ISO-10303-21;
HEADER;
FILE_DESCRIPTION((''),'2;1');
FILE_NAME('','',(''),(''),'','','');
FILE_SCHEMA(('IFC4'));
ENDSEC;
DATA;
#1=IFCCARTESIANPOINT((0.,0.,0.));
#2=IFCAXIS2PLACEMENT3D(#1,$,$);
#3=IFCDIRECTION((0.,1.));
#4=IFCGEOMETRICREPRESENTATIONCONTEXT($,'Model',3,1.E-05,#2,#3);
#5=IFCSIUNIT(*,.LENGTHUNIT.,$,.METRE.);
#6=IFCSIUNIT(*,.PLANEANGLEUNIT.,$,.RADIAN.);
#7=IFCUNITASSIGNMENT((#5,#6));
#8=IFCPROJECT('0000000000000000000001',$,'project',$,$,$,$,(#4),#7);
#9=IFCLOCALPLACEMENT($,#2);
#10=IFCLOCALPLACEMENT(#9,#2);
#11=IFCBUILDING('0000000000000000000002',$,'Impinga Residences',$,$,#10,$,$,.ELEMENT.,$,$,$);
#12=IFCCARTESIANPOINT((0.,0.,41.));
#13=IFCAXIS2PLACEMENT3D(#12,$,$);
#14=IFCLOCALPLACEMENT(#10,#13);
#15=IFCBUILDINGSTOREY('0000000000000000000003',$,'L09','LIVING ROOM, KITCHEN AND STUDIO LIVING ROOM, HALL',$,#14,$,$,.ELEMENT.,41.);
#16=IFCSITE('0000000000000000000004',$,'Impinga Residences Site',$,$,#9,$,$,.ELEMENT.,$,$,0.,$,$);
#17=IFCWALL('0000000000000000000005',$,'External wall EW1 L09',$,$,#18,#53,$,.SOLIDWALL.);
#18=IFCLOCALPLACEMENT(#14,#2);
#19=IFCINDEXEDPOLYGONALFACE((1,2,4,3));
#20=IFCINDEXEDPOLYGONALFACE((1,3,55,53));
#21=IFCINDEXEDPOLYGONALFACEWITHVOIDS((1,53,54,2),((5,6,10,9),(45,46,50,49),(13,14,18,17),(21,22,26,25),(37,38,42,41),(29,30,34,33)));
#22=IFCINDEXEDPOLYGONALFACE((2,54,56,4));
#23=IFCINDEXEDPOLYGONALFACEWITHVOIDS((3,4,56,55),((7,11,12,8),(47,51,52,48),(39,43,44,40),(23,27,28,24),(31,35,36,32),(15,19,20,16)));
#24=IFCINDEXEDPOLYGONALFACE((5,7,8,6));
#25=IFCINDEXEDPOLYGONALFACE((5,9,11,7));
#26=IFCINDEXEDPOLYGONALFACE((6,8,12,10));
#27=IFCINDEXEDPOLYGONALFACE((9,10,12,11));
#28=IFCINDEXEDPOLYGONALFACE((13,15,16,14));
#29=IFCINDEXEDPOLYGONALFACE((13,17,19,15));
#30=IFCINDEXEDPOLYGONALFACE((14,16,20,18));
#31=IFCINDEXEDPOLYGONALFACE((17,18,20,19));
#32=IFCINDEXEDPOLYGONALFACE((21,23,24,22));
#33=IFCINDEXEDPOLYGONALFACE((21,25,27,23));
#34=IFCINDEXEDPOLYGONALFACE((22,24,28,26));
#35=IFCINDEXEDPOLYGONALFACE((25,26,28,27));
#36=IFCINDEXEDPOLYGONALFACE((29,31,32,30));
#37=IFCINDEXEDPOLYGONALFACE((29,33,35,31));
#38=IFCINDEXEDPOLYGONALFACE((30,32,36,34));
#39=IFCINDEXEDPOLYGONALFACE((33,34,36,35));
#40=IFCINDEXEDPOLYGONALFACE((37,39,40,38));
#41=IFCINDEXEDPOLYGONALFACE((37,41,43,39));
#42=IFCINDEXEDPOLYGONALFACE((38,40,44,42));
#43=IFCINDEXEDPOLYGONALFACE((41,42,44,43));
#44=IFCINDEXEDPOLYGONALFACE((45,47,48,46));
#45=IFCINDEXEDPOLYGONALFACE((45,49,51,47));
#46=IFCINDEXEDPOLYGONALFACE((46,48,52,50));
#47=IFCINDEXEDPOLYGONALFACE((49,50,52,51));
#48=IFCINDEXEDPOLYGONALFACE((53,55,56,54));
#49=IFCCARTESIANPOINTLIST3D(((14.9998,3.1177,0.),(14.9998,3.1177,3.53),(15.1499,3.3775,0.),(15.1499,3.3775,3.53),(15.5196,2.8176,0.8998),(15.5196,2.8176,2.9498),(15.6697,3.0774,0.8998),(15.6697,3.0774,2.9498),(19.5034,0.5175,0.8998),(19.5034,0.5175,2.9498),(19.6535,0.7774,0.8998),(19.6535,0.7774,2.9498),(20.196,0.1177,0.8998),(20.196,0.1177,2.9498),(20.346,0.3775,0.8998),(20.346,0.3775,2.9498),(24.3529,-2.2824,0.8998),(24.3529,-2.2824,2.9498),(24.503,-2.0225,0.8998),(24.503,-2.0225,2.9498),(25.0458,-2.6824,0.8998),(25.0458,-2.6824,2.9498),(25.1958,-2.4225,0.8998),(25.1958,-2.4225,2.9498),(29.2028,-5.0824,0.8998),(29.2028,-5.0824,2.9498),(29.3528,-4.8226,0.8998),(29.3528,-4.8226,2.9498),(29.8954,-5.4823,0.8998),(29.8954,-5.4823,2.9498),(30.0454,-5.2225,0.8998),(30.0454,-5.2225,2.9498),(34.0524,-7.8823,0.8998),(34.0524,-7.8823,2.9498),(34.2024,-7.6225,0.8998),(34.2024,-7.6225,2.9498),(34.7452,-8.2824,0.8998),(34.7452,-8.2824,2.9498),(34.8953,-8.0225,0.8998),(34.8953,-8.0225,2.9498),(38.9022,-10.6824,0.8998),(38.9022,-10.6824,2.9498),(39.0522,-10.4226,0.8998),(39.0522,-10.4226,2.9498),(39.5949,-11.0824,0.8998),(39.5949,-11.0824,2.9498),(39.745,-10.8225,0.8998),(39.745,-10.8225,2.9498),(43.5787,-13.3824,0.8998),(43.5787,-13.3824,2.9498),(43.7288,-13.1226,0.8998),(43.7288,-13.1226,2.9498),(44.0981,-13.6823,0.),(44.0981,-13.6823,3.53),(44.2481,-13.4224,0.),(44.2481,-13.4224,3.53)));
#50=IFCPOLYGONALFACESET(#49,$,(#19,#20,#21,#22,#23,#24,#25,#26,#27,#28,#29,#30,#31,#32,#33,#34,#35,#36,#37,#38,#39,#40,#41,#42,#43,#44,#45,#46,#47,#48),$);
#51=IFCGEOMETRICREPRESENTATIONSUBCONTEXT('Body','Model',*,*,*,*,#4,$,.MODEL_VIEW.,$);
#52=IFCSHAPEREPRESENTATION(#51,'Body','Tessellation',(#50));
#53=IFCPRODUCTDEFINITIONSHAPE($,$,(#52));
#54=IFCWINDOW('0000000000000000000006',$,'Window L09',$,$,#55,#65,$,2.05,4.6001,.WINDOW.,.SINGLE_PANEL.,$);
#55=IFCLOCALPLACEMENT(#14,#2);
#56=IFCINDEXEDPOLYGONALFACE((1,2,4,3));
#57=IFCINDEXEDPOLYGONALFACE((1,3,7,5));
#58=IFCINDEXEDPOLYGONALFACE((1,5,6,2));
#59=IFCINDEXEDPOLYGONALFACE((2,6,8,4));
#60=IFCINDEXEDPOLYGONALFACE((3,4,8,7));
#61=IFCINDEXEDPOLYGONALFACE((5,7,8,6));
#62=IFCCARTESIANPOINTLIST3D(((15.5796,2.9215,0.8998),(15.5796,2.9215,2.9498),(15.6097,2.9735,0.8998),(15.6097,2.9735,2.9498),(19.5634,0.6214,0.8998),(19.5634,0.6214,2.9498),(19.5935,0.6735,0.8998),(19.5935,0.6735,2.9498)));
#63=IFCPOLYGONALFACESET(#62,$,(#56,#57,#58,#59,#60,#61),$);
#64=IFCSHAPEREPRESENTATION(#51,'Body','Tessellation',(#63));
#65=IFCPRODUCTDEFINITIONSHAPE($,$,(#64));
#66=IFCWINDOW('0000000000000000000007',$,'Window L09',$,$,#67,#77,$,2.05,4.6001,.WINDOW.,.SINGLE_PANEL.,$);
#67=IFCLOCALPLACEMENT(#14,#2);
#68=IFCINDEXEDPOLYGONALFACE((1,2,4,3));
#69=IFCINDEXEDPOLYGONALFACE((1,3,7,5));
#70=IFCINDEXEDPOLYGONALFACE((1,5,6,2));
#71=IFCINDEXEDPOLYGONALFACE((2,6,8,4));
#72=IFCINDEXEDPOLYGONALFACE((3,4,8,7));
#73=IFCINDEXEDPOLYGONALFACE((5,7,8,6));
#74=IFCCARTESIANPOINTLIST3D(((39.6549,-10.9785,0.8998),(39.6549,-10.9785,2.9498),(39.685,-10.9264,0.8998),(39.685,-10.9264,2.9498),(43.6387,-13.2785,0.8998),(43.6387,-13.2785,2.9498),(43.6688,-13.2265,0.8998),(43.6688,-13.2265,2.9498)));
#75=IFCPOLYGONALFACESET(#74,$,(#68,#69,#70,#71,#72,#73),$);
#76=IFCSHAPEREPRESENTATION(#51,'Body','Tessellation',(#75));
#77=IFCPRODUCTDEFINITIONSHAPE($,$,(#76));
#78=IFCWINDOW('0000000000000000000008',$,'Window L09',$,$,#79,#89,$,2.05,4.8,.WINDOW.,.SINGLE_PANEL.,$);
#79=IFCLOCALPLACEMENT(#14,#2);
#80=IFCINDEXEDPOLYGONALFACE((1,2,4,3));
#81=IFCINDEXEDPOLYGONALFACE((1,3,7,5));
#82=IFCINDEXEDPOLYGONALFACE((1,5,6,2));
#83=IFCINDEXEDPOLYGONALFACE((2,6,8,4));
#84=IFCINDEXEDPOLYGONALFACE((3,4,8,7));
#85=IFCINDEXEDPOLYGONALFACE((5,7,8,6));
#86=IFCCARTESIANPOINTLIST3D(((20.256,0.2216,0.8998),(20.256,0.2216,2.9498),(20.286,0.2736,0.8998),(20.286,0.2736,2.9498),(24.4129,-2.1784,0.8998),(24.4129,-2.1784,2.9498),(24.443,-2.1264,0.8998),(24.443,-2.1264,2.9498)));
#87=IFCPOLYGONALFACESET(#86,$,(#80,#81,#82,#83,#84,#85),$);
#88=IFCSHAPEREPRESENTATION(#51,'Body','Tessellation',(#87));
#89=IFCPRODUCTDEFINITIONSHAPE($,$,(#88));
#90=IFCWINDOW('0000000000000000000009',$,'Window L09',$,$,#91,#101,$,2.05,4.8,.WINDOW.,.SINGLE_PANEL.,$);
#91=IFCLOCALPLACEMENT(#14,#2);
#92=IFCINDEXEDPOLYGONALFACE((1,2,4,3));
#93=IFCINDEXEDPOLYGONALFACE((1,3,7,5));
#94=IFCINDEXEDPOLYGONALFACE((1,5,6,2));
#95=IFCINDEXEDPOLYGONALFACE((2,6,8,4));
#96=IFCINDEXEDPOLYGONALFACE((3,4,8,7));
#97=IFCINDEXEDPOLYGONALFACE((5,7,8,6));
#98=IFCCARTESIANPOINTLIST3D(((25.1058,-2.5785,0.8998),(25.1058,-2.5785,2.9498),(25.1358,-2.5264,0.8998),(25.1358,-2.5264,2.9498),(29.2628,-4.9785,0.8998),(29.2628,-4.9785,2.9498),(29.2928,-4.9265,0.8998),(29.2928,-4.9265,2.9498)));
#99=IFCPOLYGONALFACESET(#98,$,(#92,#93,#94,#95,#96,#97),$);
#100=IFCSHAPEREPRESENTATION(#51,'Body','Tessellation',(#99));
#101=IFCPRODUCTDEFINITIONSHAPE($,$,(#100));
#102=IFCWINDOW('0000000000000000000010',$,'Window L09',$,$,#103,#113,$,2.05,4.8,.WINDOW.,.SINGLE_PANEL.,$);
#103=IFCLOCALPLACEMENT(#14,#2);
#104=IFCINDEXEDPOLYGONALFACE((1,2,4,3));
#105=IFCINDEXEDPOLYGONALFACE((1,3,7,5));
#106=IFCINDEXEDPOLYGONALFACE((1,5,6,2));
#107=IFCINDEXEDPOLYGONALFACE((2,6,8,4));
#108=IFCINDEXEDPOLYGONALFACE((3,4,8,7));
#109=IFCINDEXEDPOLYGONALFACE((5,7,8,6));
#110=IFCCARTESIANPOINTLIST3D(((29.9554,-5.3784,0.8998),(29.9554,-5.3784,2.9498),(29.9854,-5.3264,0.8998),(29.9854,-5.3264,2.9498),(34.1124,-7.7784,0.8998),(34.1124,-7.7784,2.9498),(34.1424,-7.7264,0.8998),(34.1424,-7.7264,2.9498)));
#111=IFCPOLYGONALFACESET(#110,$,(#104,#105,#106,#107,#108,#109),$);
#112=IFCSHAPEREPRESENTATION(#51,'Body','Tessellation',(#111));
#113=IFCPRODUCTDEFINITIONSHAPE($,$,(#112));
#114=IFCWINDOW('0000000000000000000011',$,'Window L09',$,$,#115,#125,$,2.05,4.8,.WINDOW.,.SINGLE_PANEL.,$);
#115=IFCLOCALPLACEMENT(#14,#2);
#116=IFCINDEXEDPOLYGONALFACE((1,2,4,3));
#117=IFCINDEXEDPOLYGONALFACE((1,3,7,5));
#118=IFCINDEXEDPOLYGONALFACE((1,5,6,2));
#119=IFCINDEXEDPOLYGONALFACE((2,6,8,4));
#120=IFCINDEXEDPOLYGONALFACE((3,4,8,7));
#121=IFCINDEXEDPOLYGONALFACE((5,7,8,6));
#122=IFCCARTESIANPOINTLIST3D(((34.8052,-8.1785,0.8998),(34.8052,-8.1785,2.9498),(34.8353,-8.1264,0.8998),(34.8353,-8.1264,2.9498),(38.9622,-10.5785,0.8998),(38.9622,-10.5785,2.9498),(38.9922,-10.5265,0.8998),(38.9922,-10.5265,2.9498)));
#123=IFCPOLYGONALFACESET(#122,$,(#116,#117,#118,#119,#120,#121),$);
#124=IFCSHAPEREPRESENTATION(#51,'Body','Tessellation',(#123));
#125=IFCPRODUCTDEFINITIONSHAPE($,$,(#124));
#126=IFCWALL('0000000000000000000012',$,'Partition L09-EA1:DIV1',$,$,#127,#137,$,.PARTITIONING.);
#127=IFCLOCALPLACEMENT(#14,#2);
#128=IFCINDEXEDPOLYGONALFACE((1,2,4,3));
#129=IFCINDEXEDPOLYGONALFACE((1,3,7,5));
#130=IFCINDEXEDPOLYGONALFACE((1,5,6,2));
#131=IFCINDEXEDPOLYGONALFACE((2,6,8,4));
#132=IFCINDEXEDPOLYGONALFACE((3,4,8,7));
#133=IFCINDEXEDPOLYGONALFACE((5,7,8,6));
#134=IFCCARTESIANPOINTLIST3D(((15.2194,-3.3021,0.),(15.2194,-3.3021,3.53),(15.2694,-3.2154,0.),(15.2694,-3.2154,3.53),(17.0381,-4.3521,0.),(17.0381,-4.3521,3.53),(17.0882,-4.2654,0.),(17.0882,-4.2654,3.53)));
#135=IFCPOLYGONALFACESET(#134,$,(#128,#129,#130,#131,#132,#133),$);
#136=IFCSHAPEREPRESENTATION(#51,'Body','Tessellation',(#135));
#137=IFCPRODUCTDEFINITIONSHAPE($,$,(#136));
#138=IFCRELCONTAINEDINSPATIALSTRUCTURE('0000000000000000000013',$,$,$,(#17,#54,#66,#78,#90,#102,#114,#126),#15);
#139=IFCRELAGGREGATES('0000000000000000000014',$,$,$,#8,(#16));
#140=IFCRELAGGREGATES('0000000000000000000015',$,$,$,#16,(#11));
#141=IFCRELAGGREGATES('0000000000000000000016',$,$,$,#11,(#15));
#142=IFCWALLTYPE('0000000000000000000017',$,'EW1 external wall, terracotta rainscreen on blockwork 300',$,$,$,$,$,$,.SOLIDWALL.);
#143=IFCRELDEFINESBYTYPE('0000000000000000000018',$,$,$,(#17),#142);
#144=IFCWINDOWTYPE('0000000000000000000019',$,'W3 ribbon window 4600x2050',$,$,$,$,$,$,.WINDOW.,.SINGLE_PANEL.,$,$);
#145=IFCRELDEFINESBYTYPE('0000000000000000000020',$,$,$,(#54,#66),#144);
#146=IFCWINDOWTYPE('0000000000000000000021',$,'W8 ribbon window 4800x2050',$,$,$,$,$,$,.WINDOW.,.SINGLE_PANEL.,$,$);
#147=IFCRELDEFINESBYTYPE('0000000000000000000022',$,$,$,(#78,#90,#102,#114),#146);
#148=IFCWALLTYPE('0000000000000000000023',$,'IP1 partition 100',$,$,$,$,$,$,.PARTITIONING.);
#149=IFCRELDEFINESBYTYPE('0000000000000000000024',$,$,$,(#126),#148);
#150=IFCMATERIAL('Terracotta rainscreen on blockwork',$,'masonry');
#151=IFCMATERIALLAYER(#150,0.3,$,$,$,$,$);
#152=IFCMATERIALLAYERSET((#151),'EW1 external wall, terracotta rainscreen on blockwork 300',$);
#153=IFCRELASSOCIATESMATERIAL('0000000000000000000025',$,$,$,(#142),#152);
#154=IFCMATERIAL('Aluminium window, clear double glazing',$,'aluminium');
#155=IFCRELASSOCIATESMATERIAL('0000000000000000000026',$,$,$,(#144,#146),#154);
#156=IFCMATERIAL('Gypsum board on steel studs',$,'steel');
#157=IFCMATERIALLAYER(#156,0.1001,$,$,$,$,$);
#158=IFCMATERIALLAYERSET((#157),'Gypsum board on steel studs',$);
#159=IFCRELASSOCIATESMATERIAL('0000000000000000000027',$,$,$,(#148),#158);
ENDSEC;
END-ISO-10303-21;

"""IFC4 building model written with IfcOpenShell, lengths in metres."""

from ifc_helpers import new_model, si_unit, direction, frame, frame_2d, origin, place, context, subcontext, project, spatial, rectangle, extrude, material, layer, layer_set, type_object, element, fill, save


model = new_model("IFC4")

# Units and contexts
model_context = context("Model", 3, precision=1e-05, world=origin(), true_north=direction((0.0, 1.0)))
body_context = subcontext(model_context, "Body", "Model", "MODEL_VIEW")
ifc_project = project(units=[si_unit("LENGTHUNIT", "METRE"), si_unit("PLANEANGLEUNIT", "RADIAN")], contexts=[model_context])

# Site, building, storey
site_placement = place(None, origin())
site = spatial("IfcSite", under=ifc_project, at=site_placement, Name="Impinga Residences Site", CompositionType="ELEMENT", RefElevation=0.0)
building_placement = place(site_placement, origin())
building = spatial("IfcBuilding", under=site, at=building_placement, Name="Impinga Residences", CompositionType="ELEMENT")
storey_placement = place(building_placement, frame((0.0, 0.0, 41.0)))
storey = spatial("IfcBuildingStorey", under=building, at=storey_placement, Name="L09", Description="LIVING ROOM, KITCHEN AND STUDIO LIVING ROOM, HALL", CompositionType="ELEMENT", Elevation=41.0)

# Wall, openings, windows
ifc_material_1 = material(Name="Terracotta rainscreen on blockwork", Category="masonry")
ifc_layer_1 = layer(ifc_material_1, 0.3)
ifc_layer_set_1 = layer_set([ifc_layer_1], Name="EW1 external wall, terracotta rainscreen on blockwork 300")
wall_type_1 = type_object("IfcWallType", Name="EW1 external wall, terracotta rainscreen on blockwork 300", PredefinedType="SOLIDWALL", material=ifc_layer_set_1)
wall_1_placement = place(storey_placement, frame((15.075, 3.2476, 0.0), z_axis=(0.0, 0.0, 1.0), x_axis=(0.866024, -0.500002, 0.0)))
wall_1 = element("IfcWall", 1, at=wall_1_placement, inside=storey, type_object=wall_type_1, Name="External wall EW1 L09", PredefinedType="SOLIDWALL", context=body_context, shape_type="SweptSolid", body=[
    extrude(rectangle(XDim=33.5999, YDim=0.3, at=frame_2d((16.7998, 0.0))), origin(), (0.0, 0.0, 1.0), 3.53),
])
opening_1_placement = place(wall_1_placement, frame((0.6001, 0.0, 0.8999)))
opening_1 = element("IfcOpeningElement", 2, at=opening_1_placement, cuts=wall_1, PredefinedType="OPENING", context=body_context, shape_type="SweptSolid", body=[
    extrude(rectangle(XDim=4.6001, YDim=2.05, at=frame_2d((2.3, 1.0249))), frame((0.0, 0.1599, 0.0), z_axis=(0.0, -1.0, 0.0), x_axis=(1.0, 0.0, 0.0)), (0.0, 0.0, 1.0), 0.3201),
])
opening_2_placement = place(wall_1_placement, frame((6.0, 0.0, 0.8999)))
opening_2 = element("IfcOpeningElement", 3, at=opening_2_placement, cuts=wall_1, PredefinedType="OPENING", context=body_context, shape_type="SweptSolid", body=[
    extrude(rectangle(XDim=4.8, YDim=2.05, at=frame_2d((2.3999, 1.0249))), frame((0.0, 0.1599, 0.0), z_axis=(0.0, -1.0, 0.0), x_axis=(1.0, 0.0, 0.0)), (0.0, 0.0, 1.0), 0.3201),
])
opening_3_placement = place(wall_1_placement, frame((11.6001, 0.0, 0.8999)))
opening_3 = element("IfcOpeningElement", 4, at=opening_3_placement, cuts=wall_1, PredefinedType="OPENING", context=body_context, shape_type="SweptSolid", body=[
    extrude(rectangle(XDim=4.8, YDim=2.05, at=frame_2d((2.3999, 1.0249))), frame((0.0, 0.1599, 0.0), z_axis=(0.0, -1.0, 0.0), x_axis=(1.0, 0.0, 0.0)), (0.0, 0.0, 1.0), 0.3201),
])
opening_4_placement = place(wall_1_placement, frame((17.2, 0.0, 0.8999)))
opening_4 = element("IfcOpeningElement", 5, at=opening_4_placement, cuts=wall_1, PredefinedType="OPENING", context=body_context, shape_type="SweptSolid", body=[
    extrude(rectangle(XDim=4.8, YDim=2.05, at=frame_2d((2.3999, 1.0249))), frame((0.0, 0.1599, 0.0), z_axis=(0.0, -1.0, 0.0), x_axis=(1.0, 0.0, 0.0)), (0.0, 0.0, 1.0), 0.3201),
])
opening_5_placement = place(wall_1_placement, frame((22.8, 0.0, 0.8999)))
opening_5 = element("IfcOpeningElement", 6, at=opening_5_placement, cuts=wall_1, PredefinedType="OPENING", context=body_context, shape_type="SweptSolid", body=[
    extrude(rectangle(XDim=4.8, YDim=2.05, at=frame_2d((2.3999, 1.0249))), frame((0.0, 0.1599, 0.0), z_axis=(0.0, -1.0, 0.0), x_axis=(1.0, 0.0, 0.0)), (0.0, 0.0, 1.0), 0.3201),
])
opening_6_placement = place(wall_1_placement, frame((28.3999, 0.0, 0.8999)))
opening_6 = element("IfcOpeningElement", 7, at=opening_6_placement, cuts=wall_1, PredefinedType="OPENING", context=body_context, shape_type="SweptSolid", body=[
    extrude(rectangle(XDim=4.6001, YDim=2.05, at=frame_2d((2.3, 1.0249))), frame((0.0, 0.1599, 0.0), z_axis=(0.0, -1.0, 0.0), x_axis=(1.0, 0.0, 0.0)), (0.0, 0.0, 1.0), 0.3201),
])
ifc_material_2 = material(Name="Aluminium window, clear double glazing", Category="aluminium")
window_type_1 = type_object("IfcWindowType", Name="W3 ribbon window 4600x2050", PartitioningType="SINGLE_PANEL", PredefinedType="WINDOW", material=ifc_material_2)
window_1_placement = place(opening_1_placement, origin())
window_1 = element("IfcWindow", 8, at=window_1_placement, inside=storey, type_object=window_type_1, Name="Window L09", OverallHeight=2.05, OverallWidth=4.6001, PartitioningType="SINGLE_PANEL", PredefinedType="WINDOW", context=body_context, shape_type="SweptSolid", body=[
    extrude(rectangle(XDim=4.6001, YDim=2.05, at=frame_2d((2.3, 1.0249))), frame((0.0, 0.03, 0.0), z_axis=(0.0, -1.0, 0.0), x_axis=(1.0, 0.0, 0.0)), (0.0, 0.0, 1.0), 0.0601),
])
fill(opening_1, window_1)
window_2_placement = place(opening_6_placement, origin())
window_2 = element("IfcWindow", 9, at=window_2_placement, inside=storey, type_object=window_type_1, Name="Window L09", OverallHeight=2.05, OverallWidth=4.6001, PartitioningType="SINGLE_PANEL", PredefinedType="WINDOW", context=body_context, shape_type="SweptSolid", body=[
    extrude(rectangle(XDim=4.6001, YDim=2.05, at=frame_2d((2.3, 1.0249))), frame((0.0, 0.03, 0.0), z_axis=(0.0, -1.0, 0.0), x_axis=(1.0, 0.0, 0.0)), (0.0, 0.0, 1.0), 0.0601),
])
fill(opening_6, window_2)
window_type_2 = type_object("IfcWindowType", Name="W8 ribbon window 4800x2050", PartitioningType="SINGLE_PANEL", PredefinedType="WINDOW", material=ifc_material_2)
window_3_placement = place(opening_2_placement, origin())
window_3 = element("IfcWindow", 10, at=window_3_placement, inside=storey, type_object=window_type_2, Name="Window L09", OverallHeight=2.05, OverallWidth=4.8, PartitioningType="SINGLE_PANEL", PredefinedType="WINDOW", context=body_context, shape_type="SweptSolid", body=[
    extrude(rectangle(XDim=4.8, YDim=2.05, at=frame_2d((2.3999, 1.0249))), frame((0.0, 0.03, 0.0), z_axis=(0.0, -1.0, 0.0), x_axis=(1.0, 0.0, 0.0)), (0.0, 0.0, 1.0), 0.0601),
])
fill(opening_2, window_3)
window_4_placement = place(opening_3_placement, origin())
window_4 = element("IfcWindow", 11, at=window_4_placement, inside=storey, type_object=window_type_2, Name="Window L09", OverallHeight=2.05, OverallWidth=4.8, PartitioningType="SINGLE_PANEL", PredefinedType="WINDOW", context=body_context, shape_type="SweptSolid", body=[
    extrude(rectangle(XDim=4.8, YDim=2.05, at=frame_2d((2.3999, 1.0249))), frame((0.0, 0.03, 0.0), z_axis=(0.0, -1.0, 0.0), x_axis=(1.0, 0.0, 0.0)), (0.0, 0.0, 1.0), 0.0601),
])
fill(opening_3, window_4)
window_5_placement = place(opening_4_placement, origin())
window_5 = element("IfcWindow", 12, at=window_5_placement, inside=storey, type_object=window_type_2, Name="Window L09", OverallHeight=2.05, OverallWidth=4.8, PartitioningType="SINGLE_PANEL", PredefinedType="WINDOW", context=body_context, shape_type="SweptSolid", body=[
    extrude(rectangle(XDim=4.8, YDim=2.05, at=frame_2d((2.3999, 1.0249))), frame((0.0, 0.03, 0.0), z_axis=(0.0, -1.0, 0.0), x_axis=(1.0, 0.0, 0.0)), (0.0, 0.0, 1.0), 0.0601),
])
fill(opening_4, window_5)
window_6_placement = place(opening_5_placement, origin())
window_6 = element("IfcWindow", 13, at=window_6_placement, inside=storey, type_object=window_type_2, Name="Window L09", OverallHeight=2.05, OverallWidth=4.8, PartitioningType="SINGLE_PANEL", PredefinedType="WINDOW", context=body_context, shape_type="SweptSolid", body=[
    extrude(rectangle(XDim=4.8, YDim=2.05, at=frame_2d((2.3999, 1.0249))), frame((0.0, 0.03, 0.0), z_axis=(0.0, -1.0, 0.0), x_axis=(1.0, 0.0, 0.0)), (0.0, 0.0, 1.0), 0.0601),
])
fill(opening_5, window_6)

# Wall
ifc_material_3 = material(Name="Gypsum board on steel studs", Category="steel")
ifc_layer_2 = layer(ifc_material_3, 0.1001)
ifc_layer_set_2 = layer_set([ifc_layer_2], Name="Gypsum board on steel studs")
wall_type_2 = type_object("IfcWallType", Name="IP1 partition 100", PredefinedType="PARTITIONING", material=ifc_layer_set_2)
wall_2_placement = place(storey_placement, frame((15.2444, -3.2588, 0.0), z_axis=(0.0, 0.0, 1.0), x_axis=(0.866038, -0.499977, 0.0)))
element("IfcWall", 14, at=wall_2_placement, inside=storey, type_object=wall_type_2, Name="Partition L09-EA1:DIV1", PredefinedType="PARTITIONING", context=body_context, shape_type="SweptSolid", body=[
    extrude(rectangle(XDim=2.1001, YDim=0.1001, at=frame_2d((1.05, 0.0))), origin(), (0.0, 0.0, 1.0), 3.53),
])

save(model, "model.ifc")
